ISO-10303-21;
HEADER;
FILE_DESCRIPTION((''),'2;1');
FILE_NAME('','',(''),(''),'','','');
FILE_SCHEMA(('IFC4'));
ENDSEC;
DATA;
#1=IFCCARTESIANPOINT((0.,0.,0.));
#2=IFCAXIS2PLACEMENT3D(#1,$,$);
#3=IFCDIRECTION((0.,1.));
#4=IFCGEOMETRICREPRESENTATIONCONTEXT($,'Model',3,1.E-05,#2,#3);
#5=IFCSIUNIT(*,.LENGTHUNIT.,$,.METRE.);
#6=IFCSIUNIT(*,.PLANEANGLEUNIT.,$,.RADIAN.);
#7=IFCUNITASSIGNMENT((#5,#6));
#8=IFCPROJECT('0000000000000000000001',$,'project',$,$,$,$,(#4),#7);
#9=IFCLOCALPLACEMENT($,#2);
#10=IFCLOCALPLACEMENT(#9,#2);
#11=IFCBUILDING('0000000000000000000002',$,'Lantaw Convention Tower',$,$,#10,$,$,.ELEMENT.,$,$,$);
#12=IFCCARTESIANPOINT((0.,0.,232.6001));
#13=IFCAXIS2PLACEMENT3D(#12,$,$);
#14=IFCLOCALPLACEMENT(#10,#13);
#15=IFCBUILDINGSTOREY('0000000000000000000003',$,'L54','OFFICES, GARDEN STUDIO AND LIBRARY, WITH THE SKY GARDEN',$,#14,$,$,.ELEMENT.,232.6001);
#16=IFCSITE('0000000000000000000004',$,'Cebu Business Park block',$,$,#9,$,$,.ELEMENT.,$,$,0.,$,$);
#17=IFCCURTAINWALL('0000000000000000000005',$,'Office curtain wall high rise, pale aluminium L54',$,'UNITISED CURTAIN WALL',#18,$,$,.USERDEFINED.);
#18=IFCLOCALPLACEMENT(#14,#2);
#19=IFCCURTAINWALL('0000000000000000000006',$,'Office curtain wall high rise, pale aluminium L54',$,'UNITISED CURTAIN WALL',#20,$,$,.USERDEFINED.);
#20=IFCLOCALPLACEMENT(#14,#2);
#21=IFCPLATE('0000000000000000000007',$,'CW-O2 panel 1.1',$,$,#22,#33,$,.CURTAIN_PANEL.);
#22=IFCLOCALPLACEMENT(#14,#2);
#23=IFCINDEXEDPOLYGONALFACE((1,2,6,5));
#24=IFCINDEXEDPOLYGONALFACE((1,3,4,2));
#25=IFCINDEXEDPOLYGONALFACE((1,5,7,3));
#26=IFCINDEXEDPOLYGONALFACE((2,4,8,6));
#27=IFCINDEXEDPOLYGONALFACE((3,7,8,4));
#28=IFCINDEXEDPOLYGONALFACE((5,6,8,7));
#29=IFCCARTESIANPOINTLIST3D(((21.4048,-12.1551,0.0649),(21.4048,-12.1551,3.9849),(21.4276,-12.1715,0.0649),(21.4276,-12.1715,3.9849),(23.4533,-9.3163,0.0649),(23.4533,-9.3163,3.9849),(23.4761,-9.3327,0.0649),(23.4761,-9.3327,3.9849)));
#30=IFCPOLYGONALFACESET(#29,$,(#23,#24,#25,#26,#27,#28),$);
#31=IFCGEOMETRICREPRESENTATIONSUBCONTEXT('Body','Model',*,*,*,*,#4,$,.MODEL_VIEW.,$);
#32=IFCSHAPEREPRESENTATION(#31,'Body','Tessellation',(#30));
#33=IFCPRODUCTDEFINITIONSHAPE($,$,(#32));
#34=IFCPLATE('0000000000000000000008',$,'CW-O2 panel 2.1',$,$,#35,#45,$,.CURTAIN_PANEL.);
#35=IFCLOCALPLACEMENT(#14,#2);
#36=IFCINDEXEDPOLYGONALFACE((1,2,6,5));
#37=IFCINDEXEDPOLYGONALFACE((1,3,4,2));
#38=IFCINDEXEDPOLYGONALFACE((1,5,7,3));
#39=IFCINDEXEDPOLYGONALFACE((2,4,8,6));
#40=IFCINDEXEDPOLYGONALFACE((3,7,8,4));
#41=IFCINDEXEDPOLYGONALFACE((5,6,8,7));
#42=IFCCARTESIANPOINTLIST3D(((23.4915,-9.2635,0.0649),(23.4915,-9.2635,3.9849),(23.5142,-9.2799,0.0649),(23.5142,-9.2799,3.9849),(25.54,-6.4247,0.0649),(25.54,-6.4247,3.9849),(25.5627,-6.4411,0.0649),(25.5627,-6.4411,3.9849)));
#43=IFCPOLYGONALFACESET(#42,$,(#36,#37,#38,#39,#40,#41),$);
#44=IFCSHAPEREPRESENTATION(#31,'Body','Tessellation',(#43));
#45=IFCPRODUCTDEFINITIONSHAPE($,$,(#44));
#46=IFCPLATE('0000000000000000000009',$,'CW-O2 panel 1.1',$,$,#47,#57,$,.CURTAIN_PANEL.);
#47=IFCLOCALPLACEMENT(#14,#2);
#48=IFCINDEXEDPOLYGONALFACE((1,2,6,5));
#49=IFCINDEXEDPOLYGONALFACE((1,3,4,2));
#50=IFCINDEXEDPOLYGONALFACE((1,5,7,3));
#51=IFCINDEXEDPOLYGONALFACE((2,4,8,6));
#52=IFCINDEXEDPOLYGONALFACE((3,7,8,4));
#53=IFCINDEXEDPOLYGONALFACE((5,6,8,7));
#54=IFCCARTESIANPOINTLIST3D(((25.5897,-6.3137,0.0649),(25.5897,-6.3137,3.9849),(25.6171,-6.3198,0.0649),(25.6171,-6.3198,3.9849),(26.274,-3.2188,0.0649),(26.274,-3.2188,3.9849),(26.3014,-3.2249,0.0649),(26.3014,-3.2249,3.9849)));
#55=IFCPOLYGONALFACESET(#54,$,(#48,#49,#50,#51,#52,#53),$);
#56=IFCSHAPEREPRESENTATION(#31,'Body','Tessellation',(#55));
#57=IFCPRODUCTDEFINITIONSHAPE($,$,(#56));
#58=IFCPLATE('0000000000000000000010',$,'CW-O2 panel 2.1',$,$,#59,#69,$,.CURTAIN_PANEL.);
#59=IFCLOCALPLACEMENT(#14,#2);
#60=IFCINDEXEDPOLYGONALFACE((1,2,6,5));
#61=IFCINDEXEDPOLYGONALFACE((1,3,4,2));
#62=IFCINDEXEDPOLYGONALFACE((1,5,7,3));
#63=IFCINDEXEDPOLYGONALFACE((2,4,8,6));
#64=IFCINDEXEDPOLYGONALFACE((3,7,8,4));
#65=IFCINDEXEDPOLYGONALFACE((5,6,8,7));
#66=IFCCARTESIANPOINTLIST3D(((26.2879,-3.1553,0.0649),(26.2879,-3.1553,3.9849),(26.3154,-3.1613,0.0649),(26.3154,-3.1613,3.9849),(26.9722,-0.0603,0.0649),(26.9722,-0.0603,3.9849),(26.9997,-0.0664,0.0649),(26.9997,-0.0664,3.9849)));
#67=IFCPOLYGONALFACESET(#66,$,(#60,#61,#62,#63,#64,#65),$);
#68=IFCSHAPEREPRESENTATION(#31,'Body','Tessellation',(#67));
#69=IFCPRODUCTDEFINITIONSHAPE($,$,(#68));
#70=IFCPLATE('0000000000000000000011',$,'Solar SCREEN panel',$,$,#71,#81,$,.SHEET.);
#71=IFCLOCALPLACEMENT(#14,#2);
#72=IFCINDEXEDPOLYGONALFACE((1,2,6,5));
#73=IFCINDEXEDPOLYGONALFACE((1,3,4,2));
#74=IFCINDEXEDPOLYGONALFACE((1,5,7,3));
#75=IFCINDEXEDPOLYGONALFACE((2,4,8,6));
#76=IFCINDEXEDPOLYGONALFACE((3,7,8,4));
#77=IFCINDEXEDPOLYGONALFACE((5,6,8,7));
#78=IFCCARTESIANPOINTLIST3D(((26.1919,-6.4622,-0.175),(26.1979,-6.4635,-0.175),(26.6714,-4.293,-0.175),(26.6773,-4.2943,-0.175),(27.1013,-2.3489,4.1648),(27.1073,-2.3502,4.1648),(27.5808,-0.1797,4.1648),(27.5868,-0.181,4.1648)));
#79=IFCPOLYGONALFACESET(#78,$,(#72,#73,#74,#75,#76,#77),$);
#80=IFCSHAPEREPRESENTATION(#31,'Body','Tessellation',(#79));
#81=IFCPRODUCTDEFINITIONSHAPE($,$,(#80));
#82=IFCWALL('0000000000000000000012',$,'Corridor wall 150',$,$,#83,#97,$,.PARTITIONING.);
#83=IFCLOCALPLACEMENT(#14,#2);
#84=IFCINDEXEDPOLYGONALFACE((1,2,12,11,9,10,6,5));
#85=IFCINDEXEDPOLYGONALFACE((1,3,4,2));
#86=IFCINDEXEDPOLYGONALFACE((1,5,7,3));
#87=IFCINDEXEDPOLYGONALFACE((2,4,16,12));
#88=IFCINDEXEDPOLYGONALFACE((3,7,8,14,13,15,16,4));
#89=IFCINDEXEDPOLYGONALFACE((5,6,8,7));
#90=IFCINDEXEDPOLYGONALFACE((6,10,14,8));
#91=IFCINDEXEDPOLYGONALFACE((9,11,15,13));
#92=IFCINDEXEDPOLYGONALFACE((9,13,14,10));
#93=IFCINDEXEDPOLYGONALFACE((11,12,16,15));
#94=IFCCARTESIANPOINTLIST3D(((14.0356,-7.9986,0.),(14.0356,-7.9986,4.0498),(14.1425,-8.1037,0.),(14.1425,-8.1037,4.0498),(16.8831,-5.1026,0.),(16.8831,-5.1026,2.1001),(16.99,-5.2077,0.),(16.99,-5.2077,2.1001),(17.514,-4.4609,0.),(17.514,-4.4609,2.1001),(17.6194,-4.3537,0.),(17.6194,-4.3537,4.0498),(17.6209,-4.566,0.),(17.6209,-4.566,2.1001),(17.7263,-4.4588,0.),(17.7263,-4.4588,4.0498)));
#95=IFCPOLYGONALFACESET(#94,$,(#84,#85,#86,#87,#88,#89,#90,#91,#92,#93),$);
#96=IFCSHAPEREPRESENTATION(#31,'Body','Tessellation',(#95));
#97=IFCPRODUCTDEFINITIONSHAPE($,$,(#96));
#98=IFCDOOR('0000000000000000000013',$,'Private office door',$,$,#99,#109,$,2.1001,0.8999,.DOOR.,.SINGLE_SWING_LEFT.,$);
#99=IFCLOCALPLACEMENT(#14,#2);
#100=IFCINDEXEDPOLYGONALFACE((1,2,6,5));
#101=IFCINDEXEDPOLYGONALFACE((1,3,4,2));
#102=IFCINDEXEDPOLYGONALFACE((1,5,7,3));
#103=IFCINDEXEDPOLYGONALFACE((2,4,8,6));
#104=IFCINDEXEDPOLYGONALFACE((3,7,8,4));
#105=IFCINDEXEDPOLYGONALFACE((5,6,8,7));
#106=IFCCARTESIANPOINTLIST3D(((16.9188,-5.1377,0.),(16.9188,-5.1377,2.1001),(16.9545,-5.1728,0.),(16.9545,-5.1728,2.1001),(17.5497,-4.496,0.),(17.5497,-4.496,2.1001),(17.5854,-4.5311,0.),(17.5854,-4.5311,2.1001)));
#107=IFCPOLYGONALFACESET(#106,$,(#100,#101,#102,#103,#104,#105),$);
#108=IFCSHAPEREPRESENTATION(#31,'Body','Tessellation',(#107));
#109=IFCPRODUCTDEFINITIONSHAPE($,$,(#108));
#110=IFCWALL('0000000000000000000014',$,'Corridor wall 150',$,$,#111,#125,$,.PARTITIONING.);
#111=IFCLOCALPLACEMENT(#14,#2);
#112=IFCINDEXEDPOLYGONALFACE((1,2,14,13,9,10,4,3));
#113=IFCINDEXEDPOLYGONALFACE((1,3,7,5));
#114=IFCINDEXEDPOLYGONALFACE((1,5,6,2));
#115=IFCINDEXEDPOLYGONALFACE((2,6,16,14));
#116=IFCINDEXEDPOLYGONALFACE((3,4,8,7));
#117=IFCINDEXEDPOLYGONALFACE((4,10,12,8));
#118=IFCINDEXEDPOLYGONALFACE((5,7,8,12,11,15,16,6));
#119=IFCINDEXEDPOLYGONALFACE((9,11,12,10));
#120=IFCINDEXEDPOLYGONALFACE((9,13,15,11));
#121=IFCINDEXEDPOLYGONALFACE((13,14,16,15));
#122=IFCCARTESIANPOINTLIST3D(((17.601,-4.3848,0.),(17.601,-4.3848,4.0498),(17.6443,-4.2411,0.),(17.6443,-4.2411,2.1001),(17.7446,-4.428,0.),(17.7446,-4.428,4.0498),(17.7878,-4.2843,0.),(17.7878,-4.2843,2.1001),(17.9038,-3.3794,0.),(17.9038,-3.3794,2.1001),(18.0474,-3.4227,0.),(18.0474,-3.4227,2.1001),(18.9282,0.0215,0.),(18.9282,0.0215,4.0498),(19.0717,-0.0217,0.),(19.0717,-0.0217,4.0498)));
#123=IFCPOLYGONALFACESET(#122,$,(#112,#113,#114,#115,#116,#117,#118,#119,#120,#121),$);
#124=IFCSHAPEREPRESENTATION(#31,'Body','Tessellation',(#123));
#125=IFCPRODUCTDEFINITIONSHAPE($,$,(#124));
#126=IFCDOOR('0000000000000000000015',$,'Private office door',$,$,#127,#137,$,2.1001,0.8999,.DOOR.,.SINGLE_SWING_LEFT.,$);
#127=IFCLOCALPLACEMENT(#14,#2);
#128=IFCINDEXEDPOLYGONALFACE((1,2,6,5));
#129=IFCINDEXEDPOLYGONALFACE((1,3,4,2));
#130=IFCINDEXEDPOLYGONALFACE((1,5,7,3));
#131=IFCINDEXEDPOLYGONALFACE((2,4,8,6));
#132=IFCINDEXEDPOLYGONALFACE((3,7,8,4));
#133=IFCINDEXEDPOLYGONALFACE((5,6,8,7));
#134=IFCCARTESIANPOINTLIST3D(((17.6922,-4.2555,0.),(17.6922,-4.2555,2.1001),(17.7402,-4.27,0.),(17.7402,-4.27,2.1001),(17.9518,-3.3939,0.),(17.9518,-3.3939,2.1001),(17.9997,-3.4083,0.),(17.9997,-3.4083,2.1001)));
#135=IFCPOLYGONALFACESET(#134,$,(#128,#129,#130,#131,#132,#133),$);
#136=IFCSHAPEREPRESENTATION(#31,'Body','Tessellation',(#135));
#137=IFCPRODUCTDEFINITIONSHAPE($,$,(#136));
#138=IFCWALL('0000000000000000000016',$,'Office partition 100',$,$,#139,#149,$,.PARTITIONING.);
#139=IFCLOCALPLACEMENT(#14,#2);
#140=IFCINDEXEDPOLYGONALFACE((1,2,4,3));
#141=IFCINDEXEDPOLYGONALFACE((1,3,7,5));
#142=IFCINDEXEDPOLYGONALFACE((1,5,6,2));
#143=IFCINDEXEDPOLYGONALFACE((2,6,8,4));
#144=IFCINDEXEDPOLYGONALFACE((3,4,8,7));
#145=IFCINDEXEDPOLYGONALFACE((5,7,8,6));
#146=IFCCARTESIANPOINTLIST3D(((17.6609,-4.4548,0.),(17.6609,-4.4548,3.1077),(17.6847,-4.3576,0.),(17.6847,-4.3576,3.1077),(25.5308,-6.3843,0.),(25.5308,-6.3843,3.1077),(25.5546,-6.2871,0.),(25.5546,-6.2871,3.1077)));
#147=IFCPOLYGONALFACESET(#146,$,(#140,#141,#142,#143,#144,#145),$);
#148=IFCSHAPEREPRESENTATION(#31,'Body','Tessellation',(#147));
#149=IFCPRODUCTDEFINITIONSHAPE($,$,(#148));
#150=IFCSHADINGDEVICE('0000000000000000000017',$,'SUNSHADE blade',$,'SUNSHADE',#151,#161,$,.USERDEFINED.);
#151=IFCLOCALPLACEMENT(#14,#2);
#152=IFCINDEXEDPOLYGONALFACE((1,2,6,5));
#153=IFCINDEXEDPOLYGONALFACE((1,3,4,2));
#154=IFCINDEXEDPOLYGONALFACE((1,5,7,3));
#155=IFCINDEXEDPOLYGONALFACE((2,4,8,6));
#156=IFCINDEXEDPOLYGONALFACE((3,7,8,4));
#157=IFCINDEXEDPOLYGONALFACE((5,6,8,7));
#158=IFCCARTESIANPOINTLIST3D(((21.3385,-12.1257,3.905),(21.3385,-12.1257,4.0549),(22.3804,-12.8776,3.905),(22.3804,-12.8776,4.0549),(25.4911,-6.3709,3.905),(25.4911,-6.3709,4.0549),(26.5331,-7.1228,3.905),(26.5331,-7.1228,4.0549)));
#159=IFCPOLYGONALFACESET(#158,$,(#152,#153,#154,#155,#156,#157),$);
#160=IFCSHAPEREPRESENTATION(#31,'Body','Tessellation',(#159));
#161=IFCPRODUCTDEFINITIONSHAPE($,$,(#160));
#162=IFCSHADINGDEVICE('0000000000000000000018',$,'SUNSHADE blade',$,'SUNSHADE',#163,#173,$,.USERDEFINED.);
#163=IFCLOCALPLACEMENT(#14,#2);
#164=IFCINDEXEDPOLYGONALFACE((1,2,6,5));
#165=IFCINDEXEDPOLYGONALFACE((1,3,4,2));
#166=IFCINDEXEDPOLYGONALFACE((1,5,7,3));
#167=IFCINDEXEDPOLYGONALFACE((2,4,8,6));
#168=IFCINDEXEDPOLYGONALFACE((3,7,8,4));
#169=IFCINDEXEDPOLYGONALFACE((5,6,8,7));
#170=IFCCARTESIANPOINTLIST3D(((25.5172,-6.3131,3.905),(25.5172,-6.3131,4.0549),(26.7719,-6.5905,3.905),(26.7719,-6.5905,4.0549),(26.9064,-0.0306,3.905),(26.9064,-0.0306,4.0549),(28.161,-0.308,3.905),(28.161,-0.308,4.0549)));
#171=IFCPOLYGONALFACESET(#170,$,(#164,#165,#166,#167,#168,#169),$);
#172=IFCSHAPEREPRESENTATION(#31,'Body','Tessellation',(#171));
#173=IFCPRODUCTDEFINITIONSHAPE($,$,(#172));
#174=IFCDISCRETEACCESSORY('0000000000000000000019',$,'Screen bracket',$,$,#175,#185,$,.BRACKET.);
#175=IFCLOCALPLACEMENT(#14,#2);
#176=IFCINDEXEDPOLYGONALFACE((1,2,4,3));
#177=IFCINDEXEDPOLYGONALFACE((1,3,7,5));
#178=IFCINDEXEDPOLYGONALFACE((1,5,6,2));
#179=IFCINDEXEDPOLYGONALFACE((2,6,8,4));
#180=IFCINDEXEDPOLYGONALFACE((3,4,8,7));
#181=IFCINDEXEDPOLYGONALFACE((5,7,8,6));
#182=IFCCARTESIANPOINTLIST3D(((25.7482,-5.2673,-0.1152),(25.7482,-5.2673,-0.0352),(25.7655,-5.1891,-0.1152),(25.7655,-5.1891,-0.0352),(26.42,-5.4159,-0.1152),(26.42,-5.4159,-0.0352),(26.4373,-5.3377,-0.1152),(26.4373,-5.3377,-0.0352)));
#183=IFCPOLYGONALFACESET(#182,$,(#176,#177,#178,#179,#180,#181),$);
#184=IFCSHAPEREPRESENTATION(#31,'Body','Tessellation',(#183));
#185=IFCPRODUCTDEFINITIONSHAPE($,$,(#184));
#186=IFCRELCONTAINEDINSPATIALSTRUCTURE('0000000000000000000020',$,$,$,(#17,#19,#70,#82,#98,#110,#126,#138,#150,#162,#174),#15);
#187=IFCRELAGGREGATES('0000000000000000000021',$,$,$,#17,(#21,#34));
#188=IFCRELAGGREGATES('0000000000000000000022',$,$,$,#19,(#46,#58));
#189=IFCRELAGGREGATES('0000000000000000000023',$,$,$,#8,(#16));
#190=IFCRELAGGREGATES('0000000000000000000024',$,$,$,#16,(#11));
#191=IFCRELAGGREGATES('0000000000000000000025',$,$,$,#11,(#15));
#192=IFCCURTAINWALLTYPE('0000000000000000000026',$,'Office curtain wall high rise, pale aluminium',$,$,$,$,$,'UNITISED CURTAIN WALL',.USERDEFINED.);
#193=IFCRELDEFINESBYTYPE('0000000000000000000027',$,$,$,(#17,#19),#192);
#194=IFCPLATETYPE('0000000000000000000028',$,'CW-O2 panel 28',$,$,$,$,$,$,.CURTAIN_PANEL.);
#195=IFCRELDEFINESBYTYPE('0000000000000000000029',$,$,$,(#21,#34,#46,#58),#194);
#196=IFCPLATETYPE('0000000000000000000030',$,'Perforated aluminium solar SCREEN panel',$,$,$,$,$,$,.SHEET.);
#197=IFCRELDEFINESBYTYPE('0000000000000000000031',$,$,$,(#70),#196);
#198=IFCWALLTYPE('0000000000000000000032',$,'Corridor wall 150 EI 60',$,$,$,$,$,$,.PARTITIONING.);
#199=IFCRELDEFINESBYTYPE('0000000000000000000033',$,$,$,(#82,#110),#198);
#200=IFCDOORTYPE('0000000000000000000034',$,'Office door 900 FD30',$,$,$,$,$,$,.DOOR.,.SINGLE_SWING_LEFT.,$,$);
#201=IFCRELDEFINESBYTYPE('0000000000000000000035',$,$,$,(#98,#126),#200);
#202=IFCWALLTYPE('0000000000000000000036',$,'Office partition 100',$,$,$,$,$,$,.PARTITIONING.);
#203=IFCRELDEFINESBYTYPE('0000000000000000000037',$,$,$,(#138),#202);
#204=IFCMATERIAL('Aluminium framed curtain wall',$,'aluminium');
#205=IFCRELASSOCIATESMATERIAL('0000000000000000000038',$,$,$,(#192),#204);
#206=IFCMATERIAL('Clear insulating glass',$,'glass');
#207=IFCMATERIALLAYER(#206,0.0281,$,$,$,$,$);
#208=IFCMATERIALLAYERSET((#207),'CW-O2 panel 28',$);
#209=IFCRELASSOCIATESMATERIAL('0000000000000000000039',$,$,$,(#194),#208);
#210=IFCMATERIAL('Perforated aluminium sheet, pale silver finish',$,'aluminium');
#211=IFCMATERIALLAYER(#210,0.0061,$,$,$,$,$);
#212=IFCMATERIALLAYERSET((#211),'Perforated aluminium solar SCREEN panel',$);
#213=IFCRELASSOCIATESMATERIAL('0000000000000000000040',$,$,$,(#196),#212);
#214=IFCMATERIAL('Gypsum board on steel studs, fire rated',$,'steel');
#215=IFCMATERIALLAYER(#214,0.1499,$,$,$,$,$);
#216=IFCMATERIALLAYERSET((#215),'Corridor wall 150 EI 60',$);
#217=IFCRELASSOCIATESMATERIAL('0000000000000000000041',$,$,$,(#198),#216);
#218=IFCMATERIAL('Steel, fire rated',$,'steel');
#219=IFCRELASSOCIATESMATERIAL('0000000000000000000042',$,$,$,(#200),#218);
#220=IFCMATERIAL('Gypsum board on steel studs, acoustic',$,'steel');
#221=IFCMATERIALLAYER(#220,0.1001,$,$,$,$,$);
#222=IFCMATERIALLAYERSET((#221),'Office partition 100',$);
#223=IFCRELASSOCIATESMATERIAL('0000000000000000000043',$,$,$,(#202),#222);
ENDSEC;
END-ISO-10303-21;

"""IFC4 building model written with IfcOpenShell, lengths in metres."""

from ifc_helpers import new_model, si_unit, direction, frame, frame_2d, origin, origin_2d, place, context, subcontext, project, spatial, polyline, rectangle, outline, extrude, material, layer, layer_set, type_object, element, fill, aggregate, save


model = new_model("IFC4")

# Units and contexts
model_context = context("Model", 3, precision=1e-05, world=origin(), true_north=direction((0.0, 1.0)))
body_context = subcontext(model_context, "Body", "Model", "MODEL_VIEW")
ifc_project = project(units=[si_unit("LENGTHUNIT", "METRE"), si_unit("PLANEANGLEUNIT", "RADIAN")], contexts=[model_context])

# Site, building, storey
site_placement = place(None, origin())
site = spatial("IfcSite", under=ifc_project, at=site_placement, Name="Cebu Business Park block", CompositionType="ELEMENT", RefElevation=0.0)
building_placement = place(site_placement, origin())
building = spatial("IfcBuilding", under=site, at=building_placement, Name="Lantaw Convention Tower", CompositionType="ELEMENT")
storey_placement = place(building_placement, frame((0.0, 0.0, 232.6001)))
storey = spatial("IfcBuildingStorey", under=building, at=storey_placement, Name="L54", Description="OFFICES, GARDEN STUDIO AND LIBRARY, WITH THE SKY GARDEN", CompositionType="ELEMENT", Elevation=232.6001)

# Curtain walls
ifc_material_1 = material(Name="Aluminium framed curtain wall", Category="aluminium")
curtain_wall_type = type_object("IfcCurtainWallType", Name="Office curtain wall high rise, pale aluminium", ElementType="UNITISED CURTAIN WALL", PredefinedType="USERDEFINED", material=ifc_material_1)
curtain_wall_1_placement = place(storey_placement, origin())
curtain_wall_1 = element("IfcCurtainWall", 1, at=curtain_wall_1_placement, inside=storey, type_object=curtain_wall_type, Name="Office curtain wall high rise, pale aluminium L54", ObjectType="UNITISED CURTAIN WALL", PredefinedType="USERDEFINED")
curtain_wall_2_placement = place(storey_placement, origin())
curtain_wall_2 = element("IfcCurtainWall", 2, at=curtain_wall_2_placement, inside=storey, type_object=curtain_wall_type, Name="Office curtain wall high rise, pale aluminium L54", ObjectType="UNITISED CURTAIN WALL", PredefinedType="USERDEFINED")

# Plates
ifc_material_2 = material(Name="Clear insulating glass", Category="glass")
ifc_layer_1 = layer(ifc_material_2, 0.0281)
ifc_layer_set_1 = layer_set([ifc_layer_1], Name="CW-O2 panel 28")
plate_type_1 = type_object("IfcPlateType", Name="CW-O2 panel 28", PredefinedType="CURTAIN_PANEL", material=ifc_layer_set_1)
plate_1_placement = place(storey_placement, frame((22.4404, -10.7439, 0.0649), z_axis=(0.0, 0.0, 1.0), x_axis=(0.585158, 0.81092, 0.0)))
plate_1 = element("IfcPlate", 3, at=plate_1_placement, type_object=plate_type_1, Name="CW-O2 panel 1.1", PredefinedType="CURTAIN_PANEL", context=body_context, shape_type="SweptSolid", body=[
    extrude(rectangle(XDim=3.5007, YDim=0.0281, at=origin_2d()), origin(), (0.0, 0.0, 1.0), 3.9199),
])
plate_2_placement = place(storey_placement, frame((24.5271, -7.8523, 0.0649), z_axis=(0.0, 0.0, 1.0), x_axis=(0.585158, 0.81092, 0.0)))
plate_2 = element("IfcPlate", 4, at=plate_2_placement, type_object=plate_type_1, Name="CW-O2 panel 2.1", PredefinedType="CURTAIN_PANEL", context=body_context, shape_type="SweptSolid", body=[
    extrude(rectangle(XDim=3.5007, YDim=0.0281, at=origin_2d()), origin(), (0.0, 0.0, 1.0), 3.9199),
])
aggregate(curtain_wall_1, [plate_1, plate_2])
plate_3_placement = place(storey_placement, frame((25.9456, -4.7693, 0.0649), z_axis=(0.0, 0.0, 1.0), x_axis=(0.215891, 0.976417, 0.0)))
plate_3 = element("IfcPlate", 5, at=plate_3_placement, type_object=plate_type_1, Name="CW-O2 panel 1.1", PredefinedType="CURTAIN_PANEL", context=body_context, shape_type="SweptSolid", body=[
    extrude(rectangle(XDim=3.1697, YDim=0.0281, at=origin_2d()), origin(), (0.0, 0.0, 1.0), 3.9199),
])
plate_4_placement = place(storey_placement, frame((26.6438, -1.6108, 0.0649), z_axis=(0.0, 0.0, 1.0), x_axis=(0.215891, 0.976417, 0.0)))
plate_4 = element("IfcPlate", 6, at=plate_4_placement, type_object=plate_type_1, Name="CW-O2 panel 2.1", PredefinedType="CURTAIN_PANEL", context=body_context, shape_type="SweptSolid", body=[
    extrude(rectangle(XDim=3.1697, YDim=0.0281, at=origin_2d()), origin(), (0.0, 0.0, 1.0), 3.9199),
])
aggregate(curtain_wall_2, [plate_3, plate_4])
ifc_material_3 = material(Name="Perforated aluminium sheet, pale silver finish", Category="aluminium")
ifc_layer_2 = layer(ifc_material_3, 0.0061)
ifc_layer_set_2 = layer_set([ifc_layer_2], Name="Perforated aluminium solar SCREEN panel")
plate_type_2 = type_object("IfcPlateType", Name="Perforated aluminium solar SCREEN panel", PredefinedType="SHEET", material=ifc_layer_set_2)
plate_5_placement = place(storey_placement, frame((26.1919, -6.4622, -0.175), z_axis=(-0.97643, 0.215837, 0.000044), x_axis=(0.215837, 0.97643, 0.0)))
element("IfcPlate", 7, at=plate_5_placement, inside=storey, type_object=plate_type_2, Name="Solar SCREEN panel", PredefinedType="SHEET", context=body_context, shape_type="SweptSolid", body=[
    extrude(outline(polyline([(0.0, 0.0), (2.2216, 0.0), (6.4342, -4.3398), (4.2126, -4.3398), (0.0, 0.0)])), origin(), (0.0, 0.0, -1.0), 0.0061),
])

# Walls, openings, doors
ifc_material_4 = material(Name="Gypsum board on steel studs, fire rated", Category="steel")
ifc_layer_3 = layer(ifc_material_4, 0.1499)
ifc_layer_set_3 = layer_set([ifc_layer_3], Name="Corridor wall 150 EI 60")
wall_type_1 = type_object("IfcWallType", Name="Corridor wall 150 EI 60", PredefinedType="PARTITIONING", material=ifc_layer_set_3)
wall_1_placement = place(storey_placement, frame((14.0891, -8.051, 0.0), z_axis=(0.0, 0.0, 1.0), x_axis=(0.701111, 0.713052, 0.0)))
wall_1 = element("IfcWall", 8, at=wall_1_placement, inside=storey, type_object=wall_type_1, Name="Corridor wall 150", PredefinedType="PARTITIONING", context=body_context, shape_type="SweptSolid", body=[
    extrude(rectangle(XDim=5.1116, YDim=0.1499, at=frame_2d((2.5557, 0.0))), origin(), (0.0, 0.0, 1.0), 4.0498),
])
opening_1_placement = place(wall_1_placement, frame((4.0613, 0.0, 0.0)))
opening_1 = element("IfcOpeningElement", 9, at=opening_1_placement, cuts=wall_1, PredefinedType="OPENING", context=body_context, shape_type="SweptSolid", body=[
    extrude(rectangle(XDim=0.8999, YDim=2.1001, at=frame_2d((0.45, 1.05))), frame((0.0, 0.085, 0.0), z_axis=(0.0, -1.0, 0.0), x_axis=(1.0, 0.0, 0.0)), (0.0, 0.0, 1.0), 0.1699),
])
ifc_material_5 = material(Name="Steel, fire rated", Category="steel")
door_type = type_object("IfcDoorType", Name="Office door 900 FD30", OperationType="SINGLE_SWING_LEFT", PredefinedType="DOOR", material=ifc_material_5)
door_1_placement = place(opening_1_placement, origin())
door_1 = element("IfcDoor", 10, at=door_1_placement, inside=storey, type_object=door_type, Name="Private office door", OperationType="SINGLE_SWING_LEFT", OverallHeight=2.1001, OverallWidth=0.8999, PredefinedType="DOOR", context=body_context, shape_type="SweptSolid", body=[
    extrude(rectangle(XDim=0.8999, YDim=2.1001, at=frame_2d((0.45, 1.05))), frame((0.0, 0.0249, 0.0), z_axis=(0.0, -1.0, 0.0), x_axis=(1.0, 0.0, 0.0)), (0.0, 0.0, 1.0), 0.05),
])
fill(opening_1, door_1)
wall_2_placement = place(storey_placement, frame((17.6729, -4.4062, 0.0), z_axis=(0.0, 0.0, 1.0), x_axis=(0.288399, 0.95751, 0.0)))
wall_2 = element("IfcWall", 11, at=wall_2_placement, inside=storey, type_object=wall_type_1, Name="Corridor wall 150", PredefinedType="PARTITIONING", context=body_context, shape_type="SweptSolid", body=[
    extrude(rectangle(XDim=4.6018, YDim=0.1499, at=frame_2d((2.3008, 0.0))), origin(), (0.0, 0.0, 1.0), 4.0498),
])
opening_2_placement = place(wall_2_placement, frame((0.1499, 0.0, 0.0)))
opening_2 = element("IfcOpeningElement", 12, at=opening_2_placement, cuts=wall_2, PredefinedType="OPENING", context=body_context, shape_type="SweptSolid", body=[
    extrude(rectangle(XDim=0.8999, YDim=2.1001, at=frame_2d((0.45, 1.05))), frame((0.0, 0.085, 0.0), z_axis=(0.0, -1.0, 0.0), x_axis=(1.0, 0.0, 0.0)), (0.0, 0.0, 1.0), 0.1699),
])
door_2_placement = place(opening_2_placement, origin())
door_2 = element("IfcDoor", 13, at=door_2_placement, inside=storey, type_object=door_type, Name="Private office door", OperationType="SINGLE_SWING_LEFT", OverallHeight=2.1001, OverallWidth=0.8999, PredefinedType="DOOR", context=body_context, shape_type="SweptSolid", body=[
    extrude(rectangle(XDim=0.8999, YDim=2.1001, at=frame_2d((0.45, 1.05))), frame((0.0, 0.0249, 0.0), z_axis=(0.0, -1.0, 0.0), x_axis=(1.0, 0.0, 0.0)), (0.0, 0.0, 1.0), 0.05),
])
fill(opening_2, door_2)

# Wall
ifc_material_6 = material(Name="Gypsum board on steel studs, acoustic", Category="steel")
ifc_layer_4 = layer(ifc_material_6, 0.1001)
ifc_layer_set_4 = layer_set([ifc_layer_4], Name="Office partition 100")
wall_type_2 = type_object("IfcWallType", Name="Office partition 100", PredefinedType="PARTITIONING", material=ifc_layer_set_4)
wall_3_placement = place(storey_placement, frame((25.5427, -6.3357, 0.0), z_axis=(0.0, 0.0, 1.0), x_axis=(-0.971237, 0.238116, 0.0)))
element("IfcWall", 14, at=wall_3_placement, inside=storey, type_object=wall_type_2, Name="Office partition 100", PredefinedType="PARTITIONING", context=body_context, shape_type="SweptSolid", body=[
    extrude(rectangle(XDim=8.103, YDim=0.1001, at=frame_2d((4.0515, 0.0))), origin(), (0.0, 0.0, 1.0), 3.1077),
])

# Shading devices
shading_device_1_placement = place(storey_placement, frame((23.9358, -9.6243, 3.905), z_axis=(0.0, 0.0, 1.0), x_axis=(0.585158, 0.81092, 0.0)))
element("IfcShadingDevice", 15, at=shading_device_1_placement, inside=storey, Name="SUNSHADE blade", ObjectType="SUNSHADE", PredefinedType="USERDEFINED", context=body_context, shape_type="SweptSolid", body=[
    extrude(rectangle(XDim=7.0967, YDim=1.2849, at=origin_2d()), origin(), (0.0, 0.0, 1.0), 0.1499),
])
shading_device_2_placement = place(storey_placement, frame((26.8391, -3.3105, 3.905), z_axis=(0.0, 0.0, 1.0), x_axis=(0.215891, 0.976417, 0.0)))
element("IfcShadingDevice", 16, at=shading_device_2_placement, inside=storey, Name="SUNSHADE blade", ObjectType="SUNSHADE", PredefinedType="USERDEFINED", context=body_context, shape_type="SweptSolid", body=[
    extrude(rectangle(XDim=6.4343, YDim=1.2849, at=origin_2d()), origin(), (0.0, 0.0, 1.0), 0.1499),
])

# Discrete accessory
discrete_accessory_placement = place(storey_placement, frame((26.0928, -5.3025, -0.1152), z_axis=(0.0, 0.0, 1.0), x_axis=(0.215891, 0.976417, 0.0)))
element("IfcDiscreteAccessory", 17, at=discrete_accessory_placement, inside=storey, Name="Screen bracket", PredefinedType="BRACKET", context=body_context, shape_type="SweptSolid", body=[
    extrude(rectangle(XDim=0.0801, YDim=0.688, at=origin_2d()), origin(), (0.0, 0.0, 1.0), 0.0801),
])

save(model, "model.ifc")
